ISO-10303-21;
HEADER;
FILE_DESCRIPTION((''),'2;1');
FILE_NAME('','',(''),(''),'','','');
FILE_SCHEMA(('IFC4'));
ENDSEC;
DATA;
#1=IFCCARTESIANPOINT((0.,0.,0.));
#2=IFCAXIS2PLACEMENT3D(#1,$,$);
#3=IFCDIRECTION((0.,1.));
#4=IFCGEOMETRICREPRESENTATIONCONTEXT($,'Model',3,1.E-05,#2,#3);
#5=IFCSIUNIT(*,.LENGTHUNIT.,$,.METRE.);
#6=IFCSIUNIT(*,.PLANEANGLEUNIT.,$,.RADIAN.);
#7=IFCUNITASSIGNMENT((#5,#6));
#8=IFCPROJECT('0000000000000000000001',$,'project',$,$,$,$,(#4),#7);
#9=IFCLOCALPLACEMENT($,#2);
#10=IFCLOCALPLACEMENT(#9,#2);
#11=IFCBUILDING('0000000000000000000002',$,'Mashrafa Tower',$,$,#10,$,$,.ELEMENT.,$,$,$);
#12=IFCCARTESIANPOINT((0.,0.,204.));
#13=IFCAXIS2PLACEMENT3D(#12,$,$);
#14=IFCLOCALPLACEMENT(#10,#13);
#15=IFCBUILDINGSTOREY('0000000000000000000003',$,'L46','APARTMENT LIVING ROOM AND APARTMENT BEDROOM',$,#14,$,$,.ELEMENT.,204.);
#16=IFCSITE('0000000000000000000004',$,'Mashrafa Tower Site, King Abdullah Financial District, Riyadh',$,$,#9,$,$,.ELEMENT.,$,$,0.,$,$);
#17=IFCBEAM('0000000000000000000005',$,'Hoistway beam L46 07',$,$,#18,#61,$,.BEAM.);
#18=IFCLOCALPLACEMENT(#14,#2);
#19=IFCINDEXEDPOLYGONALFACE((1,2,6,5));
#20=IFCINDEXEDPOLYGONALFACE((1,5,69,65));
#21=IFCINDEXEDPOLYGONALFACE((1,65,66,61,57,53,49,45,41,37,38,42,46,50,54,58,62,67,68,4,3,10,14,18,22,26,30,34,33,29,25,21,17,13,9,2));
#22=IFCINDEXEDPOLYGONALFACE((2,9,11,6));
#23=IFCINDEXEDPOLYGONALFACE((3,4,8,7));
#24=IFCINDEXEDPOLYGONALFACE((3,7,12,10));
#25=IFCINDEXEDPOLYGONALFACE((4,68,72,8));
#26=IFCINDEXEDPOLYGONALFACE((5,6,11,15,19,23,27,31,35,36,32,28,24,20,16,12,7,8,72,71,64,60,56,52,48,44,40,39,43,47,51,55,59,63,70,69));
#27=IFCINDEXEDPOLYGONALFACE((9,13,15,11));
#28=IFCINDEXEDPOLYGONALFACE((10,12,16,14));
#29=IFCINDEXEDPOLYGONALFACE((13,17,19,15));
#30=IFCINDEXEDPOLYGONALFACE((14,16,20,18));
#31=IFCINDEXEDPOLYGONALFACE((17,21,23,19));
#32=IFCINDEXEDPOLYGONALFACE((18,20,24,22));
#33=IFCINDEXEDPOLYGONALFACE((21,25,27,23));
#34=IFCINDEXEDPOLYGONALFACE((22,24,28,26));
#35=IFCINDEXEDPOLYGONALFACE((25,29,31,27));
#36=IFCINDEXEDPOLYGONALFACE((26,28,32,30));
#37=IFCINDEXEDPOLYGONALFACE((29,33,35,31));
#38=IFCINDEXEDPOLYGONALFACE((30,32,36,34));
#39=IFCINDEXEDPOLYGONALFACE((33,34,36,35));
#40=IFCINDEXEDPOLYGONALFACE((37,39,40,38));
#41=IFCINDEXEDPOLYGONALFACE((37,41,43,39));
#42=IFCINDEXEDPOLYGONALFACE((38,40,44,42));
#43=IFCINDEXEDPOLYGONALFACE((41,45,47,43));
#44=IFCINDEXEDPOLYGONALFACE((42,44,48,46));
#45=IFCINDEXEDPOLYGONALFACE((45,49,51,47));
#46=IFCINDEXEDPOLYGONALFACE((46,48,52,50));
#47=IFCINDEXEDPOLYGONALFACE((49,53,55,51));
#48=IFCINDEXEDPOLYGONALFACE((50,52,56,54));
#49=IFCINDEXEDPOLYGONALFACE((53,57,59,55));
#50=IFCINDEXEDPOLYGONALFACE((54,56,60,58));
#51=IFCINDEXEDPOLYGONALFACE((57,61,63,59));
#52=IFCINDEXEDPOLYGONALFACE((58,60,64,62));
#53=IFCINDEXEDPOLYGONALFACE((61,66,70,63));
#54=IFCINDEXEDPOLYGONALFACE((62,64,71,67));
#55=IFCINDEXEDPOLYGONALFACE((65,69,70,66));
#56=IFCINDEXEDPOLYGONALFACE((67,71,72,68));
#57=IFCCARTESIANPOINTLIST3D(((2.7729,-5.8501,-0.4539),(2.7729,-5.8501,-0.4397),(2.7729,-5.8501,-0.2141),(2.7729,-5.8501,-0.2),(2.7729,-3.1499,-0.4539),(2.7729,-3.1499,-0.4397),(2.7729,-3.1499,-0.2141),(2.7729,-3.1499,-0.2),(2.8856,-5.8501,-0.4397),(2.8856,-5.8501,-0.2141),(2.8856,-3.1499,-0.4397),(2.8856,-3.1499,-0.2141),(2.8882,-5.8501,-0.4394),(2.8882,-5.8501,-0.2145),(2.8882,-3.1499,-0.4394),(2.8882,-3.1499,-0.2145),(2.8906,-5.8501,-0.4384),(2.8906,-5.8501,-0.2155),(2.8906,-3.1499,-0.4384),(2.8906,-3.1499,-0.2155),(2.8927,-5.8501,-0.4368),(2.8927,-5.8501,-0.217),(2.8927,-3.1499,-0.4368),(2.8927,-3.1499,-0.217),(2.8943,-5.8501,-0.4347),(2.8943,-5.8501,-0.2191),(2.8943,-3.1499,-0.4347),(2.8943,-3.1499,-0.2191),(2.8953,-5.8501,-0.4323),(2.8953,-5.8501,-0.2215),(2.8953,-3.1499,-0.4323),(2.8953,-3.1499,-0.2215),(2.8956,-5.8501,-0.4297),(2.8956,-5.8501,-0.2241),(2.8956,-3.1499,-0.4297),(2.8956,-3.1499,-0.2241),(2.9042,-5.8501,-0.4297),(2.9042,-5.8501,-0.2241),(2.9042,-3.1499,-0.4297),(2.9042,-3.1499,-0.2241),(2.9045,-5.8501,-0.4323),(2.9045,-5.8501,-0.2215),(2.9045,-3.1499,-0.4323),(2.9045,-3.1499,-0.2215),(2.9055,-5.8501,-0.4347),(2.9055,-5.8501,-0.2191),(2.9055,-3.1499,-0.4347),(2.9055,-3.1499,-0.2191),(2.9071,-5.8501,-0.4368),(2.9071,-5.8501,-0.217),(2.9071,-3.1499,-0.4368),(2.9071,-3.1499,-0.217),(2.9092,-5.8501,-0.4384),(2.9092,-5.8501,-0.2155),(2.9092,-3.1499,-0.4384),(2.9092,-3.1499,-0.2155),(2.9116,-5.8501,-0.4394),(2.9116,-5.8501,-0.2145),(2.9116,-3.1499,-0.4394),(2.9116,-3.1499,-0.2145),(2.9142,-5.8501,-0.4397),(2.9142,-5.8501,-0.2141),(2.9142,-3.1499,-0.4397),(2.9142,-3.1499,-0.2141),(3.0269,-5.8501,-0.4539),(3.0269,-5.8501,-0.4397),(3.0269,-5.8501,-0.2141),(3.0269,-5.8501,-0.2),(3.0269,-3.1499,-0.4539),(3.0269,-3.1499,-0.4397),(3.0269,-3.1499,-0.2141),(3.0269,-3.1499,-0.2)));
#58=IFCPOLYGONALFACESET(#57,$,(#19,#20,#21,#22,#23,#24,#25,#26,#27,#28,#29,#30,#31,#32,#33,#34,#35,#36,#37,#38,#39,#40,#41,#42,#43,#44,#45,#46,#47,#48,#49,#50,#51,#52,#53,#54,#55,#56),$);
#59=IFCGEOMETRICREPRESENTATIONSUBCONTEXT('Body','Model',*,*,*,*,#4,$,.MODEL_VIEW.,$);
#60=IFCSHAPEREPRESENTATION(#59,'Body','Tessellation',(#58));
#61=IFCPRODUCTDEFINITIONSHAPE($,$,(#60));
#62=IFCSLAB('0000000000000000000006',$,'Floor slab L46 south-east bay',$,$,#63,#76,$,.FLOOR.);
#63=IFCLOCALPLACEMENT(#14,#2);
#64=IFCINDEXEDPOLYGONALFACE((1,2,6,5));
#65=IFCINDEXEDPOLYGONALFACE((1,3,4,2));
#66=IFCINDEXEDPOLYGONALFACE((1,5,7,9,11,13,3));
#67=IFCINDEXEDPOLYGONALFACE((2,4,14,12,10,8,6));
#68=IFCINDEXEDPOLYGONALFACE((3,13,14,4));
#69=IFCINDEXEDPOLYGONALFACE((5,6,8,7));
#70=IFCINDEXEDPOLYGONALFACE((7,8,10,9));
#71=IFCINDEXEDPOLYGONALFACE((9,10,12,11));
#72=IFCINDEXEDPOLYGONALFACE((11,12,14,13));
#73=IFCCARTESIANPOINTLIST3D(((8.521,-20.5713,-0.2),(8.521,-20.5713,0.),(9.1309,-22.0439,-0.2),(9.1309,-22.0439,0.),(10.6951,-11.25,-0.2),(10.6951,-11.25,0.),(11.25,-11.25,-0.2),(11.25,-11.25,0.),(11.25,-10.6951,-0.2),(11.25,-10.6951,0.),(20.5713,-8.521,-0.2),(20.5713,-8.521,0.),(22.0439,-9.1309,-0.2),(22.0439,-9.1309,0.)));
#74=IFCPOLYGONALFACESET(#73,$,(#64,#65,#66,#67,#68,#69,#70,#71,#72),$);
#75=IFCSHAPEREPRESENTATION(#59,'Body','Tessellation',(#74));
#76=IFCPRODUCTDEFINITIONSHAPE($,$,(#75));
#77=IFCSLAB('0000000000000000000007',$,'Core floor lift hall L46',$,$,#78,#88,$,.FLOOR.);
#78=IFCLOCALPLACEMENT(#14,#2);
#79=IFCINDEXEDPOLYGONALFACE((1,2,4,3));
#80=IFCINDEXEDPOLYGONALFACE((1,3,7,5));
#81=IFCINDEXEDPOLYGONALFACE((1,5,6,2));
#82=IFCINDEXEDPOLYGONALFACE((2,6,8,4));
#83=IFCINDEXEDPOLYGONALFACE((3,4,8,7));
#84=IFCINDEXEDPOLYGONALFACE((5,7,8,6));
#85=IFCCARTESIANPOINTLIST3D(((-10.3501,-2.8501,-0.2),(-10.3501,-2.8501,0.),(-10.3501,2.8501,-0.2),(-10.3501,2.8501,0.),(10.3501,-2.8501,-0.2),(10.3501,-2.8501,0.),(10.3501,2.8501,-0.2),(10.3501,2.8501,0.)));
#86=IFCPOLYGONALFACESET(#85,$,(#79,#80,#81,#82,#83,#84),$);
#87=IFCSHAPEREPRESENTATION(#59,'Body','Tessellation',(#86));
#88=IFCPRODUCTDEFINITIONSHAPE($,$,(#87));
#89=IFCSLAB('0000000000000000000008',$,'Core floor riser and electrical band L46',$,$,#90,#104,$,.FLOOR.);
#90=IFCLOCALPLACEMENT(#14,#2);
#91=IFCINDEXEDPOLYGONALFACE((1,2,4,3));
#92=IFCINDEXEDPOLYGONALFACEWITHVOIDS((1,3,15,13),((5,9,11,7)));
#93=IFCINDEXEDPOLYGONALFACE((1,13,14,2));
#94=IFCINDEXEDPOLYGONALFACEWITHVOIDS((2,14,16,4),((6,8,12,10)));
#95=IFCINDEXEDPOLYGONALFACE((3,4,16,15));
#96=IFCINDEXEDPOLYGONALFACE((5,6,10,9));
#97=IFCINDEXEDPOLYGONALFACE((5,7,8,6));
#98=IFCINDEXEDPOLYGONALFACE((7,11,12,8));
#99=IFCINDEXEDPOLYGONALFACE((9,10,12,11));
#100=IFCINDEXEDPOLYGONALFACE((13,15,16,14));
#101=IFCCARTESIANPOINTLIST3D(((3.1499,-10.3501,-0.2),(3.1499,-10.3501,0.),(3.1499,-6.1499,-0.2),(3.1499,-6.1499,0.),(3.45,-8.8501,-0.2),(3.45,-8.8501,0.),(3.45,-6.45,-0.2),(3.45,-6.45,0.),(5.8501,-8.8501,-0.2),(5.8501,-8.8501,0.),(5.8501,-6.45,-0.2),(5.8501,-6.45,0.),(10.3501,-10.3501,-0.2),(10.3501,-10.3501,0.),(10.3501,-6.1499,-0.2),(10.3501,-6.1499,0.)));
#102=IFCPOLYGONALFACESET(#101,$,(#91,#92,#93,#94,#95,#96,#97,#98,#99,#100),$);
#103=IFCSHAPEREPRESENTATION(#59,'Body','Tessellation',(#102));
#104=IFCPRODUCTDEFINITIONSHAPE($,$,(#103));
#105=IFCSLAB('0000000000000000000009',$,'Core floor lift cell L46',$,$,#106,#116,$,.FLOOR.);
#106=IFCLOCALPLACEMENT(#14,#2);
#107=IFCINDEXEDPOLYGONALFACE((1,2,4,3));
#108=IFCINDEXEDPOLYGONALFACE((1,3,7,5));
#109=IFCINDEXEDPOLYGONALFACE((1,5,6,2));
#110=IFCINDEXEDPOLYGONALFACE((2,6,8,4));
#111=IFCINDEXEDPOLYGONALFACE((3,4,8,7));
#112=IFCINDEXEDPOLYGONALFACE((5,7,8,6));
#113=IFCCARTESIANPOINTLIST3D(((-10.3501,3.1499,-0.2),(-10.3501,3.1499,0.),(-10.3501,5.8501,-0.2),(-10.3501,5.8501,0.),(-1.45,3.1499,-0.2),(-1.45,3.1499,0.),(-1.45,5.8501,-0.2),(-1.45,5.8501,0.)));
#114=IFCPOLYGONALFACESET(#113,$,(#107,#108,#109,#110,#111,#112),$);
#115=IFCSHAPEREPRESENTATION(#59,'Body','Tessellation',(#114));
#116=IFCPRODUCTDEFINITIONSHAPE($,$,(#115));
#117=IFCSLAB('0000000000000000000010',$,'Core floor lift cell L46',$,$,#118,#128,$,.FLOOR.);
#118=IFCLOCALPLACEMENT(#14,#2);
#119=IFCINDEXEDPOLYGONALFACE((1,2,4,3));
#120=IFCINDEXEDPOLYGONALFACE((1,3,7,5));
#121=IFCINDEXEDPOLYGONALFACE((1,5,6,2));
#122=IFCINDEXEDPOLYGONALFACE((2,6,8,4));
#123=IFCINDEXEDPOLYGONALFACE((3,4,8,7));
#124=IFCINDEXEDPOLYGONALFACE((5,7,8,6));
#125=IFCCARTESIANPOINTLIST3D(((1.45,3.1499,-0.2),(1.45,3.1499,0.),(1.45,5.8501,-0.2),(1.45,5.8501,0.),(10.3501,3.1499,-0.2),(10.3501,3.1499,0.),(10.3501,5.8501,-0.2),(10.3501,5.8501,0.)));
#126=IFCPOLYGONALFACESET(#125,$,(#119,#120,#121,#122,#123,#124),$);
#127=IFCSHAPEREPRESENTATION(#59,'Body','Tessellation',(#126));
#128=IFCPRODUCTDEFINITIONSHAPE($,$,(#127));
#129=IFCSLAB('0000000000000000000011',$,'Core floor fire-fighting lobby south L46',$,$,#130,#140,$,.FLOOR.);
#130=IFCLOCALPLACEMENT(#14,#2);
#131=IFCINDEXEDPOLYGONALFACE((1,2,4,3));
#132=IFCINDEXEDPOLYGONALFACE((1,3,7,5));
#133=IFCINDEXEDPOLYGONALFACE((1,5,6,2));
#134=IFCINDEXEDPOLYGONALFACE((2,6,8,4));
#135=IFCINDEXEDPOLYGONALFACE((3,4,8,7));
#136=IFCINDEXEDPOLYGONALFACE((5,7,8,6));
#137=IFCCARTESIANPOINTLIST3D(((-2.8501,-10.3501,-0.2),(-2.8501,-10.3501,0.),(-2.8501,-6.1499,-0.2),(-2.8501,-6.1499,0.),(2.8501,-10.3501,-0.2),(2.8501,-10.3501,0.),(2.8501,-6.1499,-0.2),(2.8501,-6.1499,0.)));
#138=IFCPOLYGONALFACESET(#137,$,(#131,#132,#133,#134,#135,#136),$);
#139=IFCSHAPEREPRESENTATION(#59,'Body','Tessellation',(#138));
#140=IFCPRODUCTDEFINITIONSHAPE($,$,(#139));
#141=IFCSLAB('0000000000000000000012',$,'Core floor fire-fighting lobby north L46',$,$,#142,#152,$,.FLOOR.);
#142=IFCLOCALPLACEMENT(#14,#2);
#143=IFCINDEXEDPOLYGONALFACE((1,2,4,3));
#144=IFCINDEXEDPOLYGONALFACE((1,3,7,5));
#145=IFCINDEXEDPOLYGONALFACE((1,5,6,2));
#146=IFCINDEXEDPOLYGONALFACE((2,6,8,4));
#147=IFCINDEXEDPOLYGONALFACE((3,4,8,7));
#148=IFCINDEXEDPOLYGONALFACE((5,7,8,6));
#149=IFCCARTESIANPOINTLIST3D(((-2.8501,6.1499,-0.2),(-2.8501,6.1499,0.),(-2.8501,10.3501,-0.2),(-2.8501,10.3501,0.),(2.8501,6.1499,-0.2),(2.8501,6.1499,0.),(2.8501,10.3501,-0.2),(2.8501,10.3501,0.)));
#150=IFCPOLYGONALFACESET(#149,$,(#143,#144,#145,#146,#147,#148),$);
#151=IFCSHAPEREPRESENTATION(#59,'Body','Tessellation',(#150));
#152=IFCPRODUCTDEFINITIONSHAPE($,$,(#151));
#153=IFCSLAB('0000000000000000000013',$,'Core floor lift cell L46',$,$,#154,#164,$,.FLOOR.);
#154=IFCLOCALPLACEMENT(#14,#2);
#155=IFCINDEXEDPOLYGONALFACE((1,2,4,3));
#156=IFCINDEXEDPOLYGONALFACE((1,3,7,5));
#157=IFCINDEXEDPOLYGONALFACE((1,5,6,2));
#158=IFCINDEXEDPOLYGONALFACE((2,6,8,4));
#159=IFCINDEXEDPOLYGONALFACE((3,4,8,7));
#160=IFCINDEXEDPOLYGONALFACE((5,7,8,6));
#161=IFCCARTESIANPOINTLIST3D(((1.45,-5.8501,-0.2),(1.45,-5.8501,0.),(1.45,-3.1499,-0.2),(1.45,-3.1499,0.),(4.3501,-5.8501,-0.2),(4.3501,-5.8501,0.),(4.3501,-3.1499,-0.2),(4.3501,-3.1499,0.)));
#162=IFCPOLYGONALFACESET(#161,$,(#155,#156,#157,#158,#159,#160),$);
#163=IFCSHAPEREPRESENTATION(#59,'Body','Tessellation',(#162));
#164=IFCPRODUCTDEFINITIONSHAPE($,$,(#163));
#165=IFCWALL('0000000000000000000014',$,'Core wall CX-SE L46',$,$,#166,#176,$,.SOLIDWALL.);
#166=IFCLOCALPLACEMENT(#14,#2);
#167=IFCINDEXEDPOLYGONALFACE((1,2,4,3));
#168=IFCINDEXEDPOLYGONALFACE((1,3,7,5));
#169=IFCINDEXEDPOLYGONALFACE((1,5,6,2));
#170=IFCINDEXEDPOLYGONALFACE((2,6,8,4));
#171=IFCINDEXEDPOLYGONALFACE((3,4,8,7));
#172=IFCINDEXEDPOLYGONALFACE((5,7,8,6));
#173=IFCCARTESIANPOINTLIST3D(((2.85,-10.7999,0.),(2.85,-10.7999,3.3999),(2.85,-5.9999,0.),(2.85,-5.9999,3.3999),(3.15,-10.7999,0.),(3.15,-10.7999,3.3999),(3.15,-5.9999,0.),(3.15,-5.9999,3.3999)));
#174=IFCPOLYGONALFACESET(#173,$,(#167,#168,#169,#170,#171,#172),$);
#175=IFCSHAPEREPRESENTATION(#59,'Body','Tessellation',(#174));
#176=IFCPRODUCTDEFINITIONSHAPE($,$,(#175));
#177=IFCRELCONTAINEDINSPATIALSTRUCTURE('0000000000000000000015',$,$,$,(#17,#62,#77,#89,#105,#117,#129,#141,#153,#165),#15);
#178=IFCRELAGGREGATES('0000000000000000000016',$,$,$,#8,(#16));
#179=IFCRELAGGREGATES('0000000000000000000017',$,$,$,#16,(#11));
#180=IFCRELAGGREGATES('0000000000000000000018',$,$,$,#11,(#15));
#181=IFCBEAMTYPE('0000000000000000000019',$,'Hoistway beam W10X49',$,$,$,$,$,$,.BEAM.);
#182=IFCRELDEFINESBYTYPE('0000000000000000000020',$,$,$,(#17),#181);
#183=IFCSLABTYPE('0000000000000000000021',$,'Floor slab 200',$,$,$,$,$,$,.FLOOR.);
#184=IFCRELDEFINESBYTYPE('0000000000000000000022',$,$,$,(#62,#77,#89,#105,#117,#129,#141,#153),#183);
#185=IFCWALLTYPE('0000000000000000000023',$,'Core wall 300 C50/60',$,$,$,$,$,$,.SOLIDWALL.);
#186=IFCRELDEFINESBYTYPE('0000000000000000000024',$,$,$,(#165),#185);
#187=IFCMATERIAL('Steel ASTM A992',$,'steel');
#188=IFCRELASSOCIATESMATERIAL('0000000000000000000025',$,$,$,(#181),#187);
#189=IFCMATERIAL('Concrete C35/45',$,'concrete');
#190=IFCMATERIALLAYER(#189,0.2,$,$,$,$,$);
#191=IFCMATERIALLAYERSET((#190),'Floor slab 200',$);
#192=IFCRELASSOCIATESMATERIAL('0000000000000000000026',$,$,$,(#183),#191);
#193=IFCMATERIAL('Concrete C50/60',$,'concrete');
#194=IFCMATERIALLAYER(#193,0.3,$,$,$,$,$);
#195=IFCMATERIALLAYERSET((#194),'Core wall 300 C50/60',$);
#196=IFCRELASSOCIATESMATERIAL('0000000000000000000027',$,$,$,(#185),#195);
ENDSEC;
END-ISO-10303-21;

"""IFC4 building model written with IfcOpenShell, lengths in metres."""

from ifc_helpers import new_model, si_unit, direction, frame, frame_2d, origin, origin_2d, place, context, subcontext, project, spatial, polyline, rectangle, i_section, outline, extrude, material, layer, layer_set, material_profile, profile_set, type_object, element, save


model = new_model("IFC4")

# Units and contexts
model_context = context("Model", 3, precision=1e-05, world=origin(), true_north=direction((0.0, 1.0)))
body_context = subcontext(model_context, "Body", "Model", "MODEL_VIEW")
ifc_project = project(units=[si_unit("LENGTHUNIT", "METRE"), si_unit("PLANEANGLEUNIT", "RADIAN")], contexts=[model_context])

# Site, building, storey
site_placement = place(None, origin())
site = spatial("IfcSite", under=ifc_project, at=site_placement, Name="Mashrafa Tower Site, King Abdullah Financial District, Riyadh", CompositionType="ELEMENT", RefElevation=0.0)
building_placement = place(site_placement, origin())
building = spatial("IfcBuilding", under=site, at=building_placement, Name="Mashrafa Tower", CompositionType="ELEMENT")
storey_placement = place(building_placement, frame((0.0, 0.0, 204.0)))
storey = spatial("IfcBuildingStorey", under=building, at=storey_placement, Name="L46", Description="APARTMENT LIVING ROOM AND APARTMENT BEDROOM", CompositionType="ELEMENT", Elevation=204.0)

# Beam
ifc_material_1 = material(Name="Steel ASTM A992", Category="steel")
ifc_material_profile = material_profile(ifc_material_1, i_section(OverallWidth=0.2539, OverallDepth=0.2539, WebThickness=0.0085, FlangeThickness=0.0142, FilletRadius=0.01, at=origin_2d()), Name="W10X49")
ifc_profile_set = profile_set([ifc_material_profile], Name="Steel ASTM A992")
beam_type = type_object("IfcBeamType", Name="Hoistway beam W10X49", PredefinedType="BEAM", material=ifc_profile_set)
beam_placement = place(storey_placement, frame((2.8999, -5.8501, -0.3269), z_axis=(0.0, 1.0, 0.0), x_axis=(-1.0, 0.0, 0.0)))
element("IfcBeam", 1, at=beam_placement, inside=storey, type_object=beam_type, Name="Hoistway beam L46 07", PredefinedType="BEAM", context=body_context, shape_type="SweptSolid", body=[
    extrude(i_section(OverallWidth=0.2539, OverallDepth=0.2539, WebThickness=0.0085, FlangeThickness=0.0142, FilletRadius=0.01, at=origin_2d()), origin(), (0.0, 0.0, 1.0), 2.7002),
])

# Slabs
ifc_material_2 = material(Name="Concrete C35/45", Category="concrete")
ifc_layer_1 = layer(ifc_material_2, 0.2)
ifc_layer_set_1 = layer_set([ifc_layer_1], Name="Floor slab 200")
slab_type = type_object("IfcSlabType", Name="Floor slab 200", PredefinedType="FLOOR", material=ifc_layer_set_1)
slab_1_placement = place(storey_placement, frame((0.0, 0.0, -0.2)))
element("IfcSlab", 2, at=slab_1_placement, inside=storey, type_object=slab_type, Name="Floor slab L46 south-east bay", PredefinedType="FLOOR", context=body_context, shape_type="SweptSolid", body=[
    extrude(outline(polyline([(9.1309, -22.0439), (8.521, -20.5713), (10.6951, -11.25), (11.25, -11.25), (11.25, -10.6951), (20.5713, -8.521), (22.0439, -9.1309), (22.0439, -9.1309), (9.1309, -22.0439), (9.1309, -22.0439)])), origin(), (0.0, 0.0, 1.0), 0.2),
])
slab_2_placement = place(storey_placement, frame((0.0, 0.0, -0.2)))
element("IfcSlab", 3, at=slab_2_placement, inside=storey, type_object=slab_type, Name="Core floor lift hall L46", PredefinedType="FLOOR", context=body_context, shape_type="SweptSolid", body=[
    extrude(outline(polyline([(-10.3501, 2.8501), (10.3501, 2.8501), (10.3501, -2.8501), (-10.3501, -2.8501), (-10.3501, 2.8501)])), origin(), (0.0, 0.0, 1.0), 0.2),
])
slab_3_placement = place(storey_placement, frame((0.0, 0.0, -0.2)))
element("IfcSlab", 4, at=slab_3_placement, inside=storey, type_object=slab_type, Name="Core floor riser and electrical band L46", PredefinedType="FLOOR", context=body_context, shape_type="SweptSolid", body=[
    extrude(outline(polyline([(10.3501, -6.1499), (10.3501, -10.3501), (3.1499, -10.3501), (3.1499, -6.1499), (10.3501, -6.1499)]), holes=[polyline([(3.45, -8.8501), (5.8501, -8.8501), (5.8501, -6.45), (3.45, -6.45), (3.45, -8.8501)])]), origin(), (0.0, 0.0, 1.0), 0.2),
])
slab_4_placement = place(storey_placement, frame((0.0, 0.0, -0.2)))
element("IfcSlab", 5, at=slab_4_placement, inside=storey, type_object=slab_type, Name="Core floor lift cell L46", PredefinedType="FLOOR", context=body_context, shape_type="SweptSolid", body=[
    extrude(outline(polyline([(-10.3501, 5.8501), (-1.45, 5.8501), (-1.45, 3.1499), (-10.3501, 3.1499), (-10.3501, 5.8501)])), origin(), (0.0, 0.0, 1.0), 0.2),
])
slab_5_placement = place(storey_placement, frame((0.0, 0.0, -0.2)))
element("IfcSlab", 6, at=slab_5_placement, inside=storey, type_object=slab_type, Name="Core floor lift cell L46", PredefinedType="FLOOR", context=body_context, shape_type="SweptSolid", body=[
    extrude(outline(polyline([(1.45, 5.8501), (10.3501, 5.8501), (10.3501, 3.1499), (1.45, 3.1499), (1.45, 5.8501)])), origin(), (0.0, 0.0, 1.0), 0.2),
])
slab_6_placement = place(storey_placement, frame((0.0, 0.0, -0.2)))
element("IfcSlab", 7, at=slab_6_placement, inside=storey, type_object=slab_type, Name="Core floor fire-fighting lobby south L46", PredefinedType="FLOOR", context=body_context, shape_type="SweptSolid", body=[
    extrude(outline(polyline([(2.8501, -6.1499), (2.8501, -10.3501), (-2.8501, -10.3501), (-2.8501, -6.1499), (2.8501, -6.1499)])), origin(), (0.0, 0.0, 1.0), 0.2),
])
slab_7_placement = place(storey_placement, frame((0.0, 0.0, -0.2)))
element("IfcSlab", 8, at=slab_7_placement, inside=storey, type_object=slab_type, Name="Core floor fire-fighting lobby north L46", PredefinedType="FLOOR", context=body_context, shape_type="SweptSolid", body=[
    extrude(outline(polyline([(-2.8501, 10.3501), (2.8501, 10.3501), (2.8501, 6.1499), (-2.8501, 6.1499), (-2.8501, 10.3501)])), origin(), (0.0, 0.0, 1.0), 0.2),
])
slab_8_placement = place(storey_placement, frame((0.0, 0.0, -0.2)))
element("IfcSlab", 9, at=slab_8_placement, inside=storey, type_object=slab_type, Name="Core floor lift cell L46", PredefinedType="FLOOR", context=body_context, shape_type="SweptSolid", body=[
    extrude(outline(polyline([(4.3501, -3.1499), (4.3501, -5.8501), (1.45, -5.8501), (1.45, -3.1499), (4.3501, -3.1499)])), origin(), (0.0, 0.0, 1.0), 0.2),
])

# Wall
ifc_material_3 = material(Name="Concrete C50/60", Category="concrete")
ifc_layer_2 = layer(ifc_material_3, 0.3)
ifc_layer_set_2 = layer_set([ifc_layer_2], Name="Core wall 300 C50/60")
wall_type_1 = type_object("IfcWallType", Name="Core wall 300 C50/60", PredefinedType="SOLIDWALL", material=ifc_layer_set_2)
wall_1_placement = place(storey_placement, frame((3.0, -6.0, 0.0), z_axis=(0.0, 0.0, 1.0), x_axis=(0.0, -1.0, 0.0)))
element("IfcWall", 10, at=wall_1_placement, inside=storey, type_object=wall_type_1, Name="Core wall CX-SE L46", PredefinedType="SOLIDWALL", context=body_context, shape_type="SweptSolid", body=[
    extrude(rectangle(XDim=4.8, YDim=0.3, at=frame_2d((2.3999, 0.0))), origin(), (0.0, 0.0, 1.0), 3.3999),
])

save(model, "model.ifc")
